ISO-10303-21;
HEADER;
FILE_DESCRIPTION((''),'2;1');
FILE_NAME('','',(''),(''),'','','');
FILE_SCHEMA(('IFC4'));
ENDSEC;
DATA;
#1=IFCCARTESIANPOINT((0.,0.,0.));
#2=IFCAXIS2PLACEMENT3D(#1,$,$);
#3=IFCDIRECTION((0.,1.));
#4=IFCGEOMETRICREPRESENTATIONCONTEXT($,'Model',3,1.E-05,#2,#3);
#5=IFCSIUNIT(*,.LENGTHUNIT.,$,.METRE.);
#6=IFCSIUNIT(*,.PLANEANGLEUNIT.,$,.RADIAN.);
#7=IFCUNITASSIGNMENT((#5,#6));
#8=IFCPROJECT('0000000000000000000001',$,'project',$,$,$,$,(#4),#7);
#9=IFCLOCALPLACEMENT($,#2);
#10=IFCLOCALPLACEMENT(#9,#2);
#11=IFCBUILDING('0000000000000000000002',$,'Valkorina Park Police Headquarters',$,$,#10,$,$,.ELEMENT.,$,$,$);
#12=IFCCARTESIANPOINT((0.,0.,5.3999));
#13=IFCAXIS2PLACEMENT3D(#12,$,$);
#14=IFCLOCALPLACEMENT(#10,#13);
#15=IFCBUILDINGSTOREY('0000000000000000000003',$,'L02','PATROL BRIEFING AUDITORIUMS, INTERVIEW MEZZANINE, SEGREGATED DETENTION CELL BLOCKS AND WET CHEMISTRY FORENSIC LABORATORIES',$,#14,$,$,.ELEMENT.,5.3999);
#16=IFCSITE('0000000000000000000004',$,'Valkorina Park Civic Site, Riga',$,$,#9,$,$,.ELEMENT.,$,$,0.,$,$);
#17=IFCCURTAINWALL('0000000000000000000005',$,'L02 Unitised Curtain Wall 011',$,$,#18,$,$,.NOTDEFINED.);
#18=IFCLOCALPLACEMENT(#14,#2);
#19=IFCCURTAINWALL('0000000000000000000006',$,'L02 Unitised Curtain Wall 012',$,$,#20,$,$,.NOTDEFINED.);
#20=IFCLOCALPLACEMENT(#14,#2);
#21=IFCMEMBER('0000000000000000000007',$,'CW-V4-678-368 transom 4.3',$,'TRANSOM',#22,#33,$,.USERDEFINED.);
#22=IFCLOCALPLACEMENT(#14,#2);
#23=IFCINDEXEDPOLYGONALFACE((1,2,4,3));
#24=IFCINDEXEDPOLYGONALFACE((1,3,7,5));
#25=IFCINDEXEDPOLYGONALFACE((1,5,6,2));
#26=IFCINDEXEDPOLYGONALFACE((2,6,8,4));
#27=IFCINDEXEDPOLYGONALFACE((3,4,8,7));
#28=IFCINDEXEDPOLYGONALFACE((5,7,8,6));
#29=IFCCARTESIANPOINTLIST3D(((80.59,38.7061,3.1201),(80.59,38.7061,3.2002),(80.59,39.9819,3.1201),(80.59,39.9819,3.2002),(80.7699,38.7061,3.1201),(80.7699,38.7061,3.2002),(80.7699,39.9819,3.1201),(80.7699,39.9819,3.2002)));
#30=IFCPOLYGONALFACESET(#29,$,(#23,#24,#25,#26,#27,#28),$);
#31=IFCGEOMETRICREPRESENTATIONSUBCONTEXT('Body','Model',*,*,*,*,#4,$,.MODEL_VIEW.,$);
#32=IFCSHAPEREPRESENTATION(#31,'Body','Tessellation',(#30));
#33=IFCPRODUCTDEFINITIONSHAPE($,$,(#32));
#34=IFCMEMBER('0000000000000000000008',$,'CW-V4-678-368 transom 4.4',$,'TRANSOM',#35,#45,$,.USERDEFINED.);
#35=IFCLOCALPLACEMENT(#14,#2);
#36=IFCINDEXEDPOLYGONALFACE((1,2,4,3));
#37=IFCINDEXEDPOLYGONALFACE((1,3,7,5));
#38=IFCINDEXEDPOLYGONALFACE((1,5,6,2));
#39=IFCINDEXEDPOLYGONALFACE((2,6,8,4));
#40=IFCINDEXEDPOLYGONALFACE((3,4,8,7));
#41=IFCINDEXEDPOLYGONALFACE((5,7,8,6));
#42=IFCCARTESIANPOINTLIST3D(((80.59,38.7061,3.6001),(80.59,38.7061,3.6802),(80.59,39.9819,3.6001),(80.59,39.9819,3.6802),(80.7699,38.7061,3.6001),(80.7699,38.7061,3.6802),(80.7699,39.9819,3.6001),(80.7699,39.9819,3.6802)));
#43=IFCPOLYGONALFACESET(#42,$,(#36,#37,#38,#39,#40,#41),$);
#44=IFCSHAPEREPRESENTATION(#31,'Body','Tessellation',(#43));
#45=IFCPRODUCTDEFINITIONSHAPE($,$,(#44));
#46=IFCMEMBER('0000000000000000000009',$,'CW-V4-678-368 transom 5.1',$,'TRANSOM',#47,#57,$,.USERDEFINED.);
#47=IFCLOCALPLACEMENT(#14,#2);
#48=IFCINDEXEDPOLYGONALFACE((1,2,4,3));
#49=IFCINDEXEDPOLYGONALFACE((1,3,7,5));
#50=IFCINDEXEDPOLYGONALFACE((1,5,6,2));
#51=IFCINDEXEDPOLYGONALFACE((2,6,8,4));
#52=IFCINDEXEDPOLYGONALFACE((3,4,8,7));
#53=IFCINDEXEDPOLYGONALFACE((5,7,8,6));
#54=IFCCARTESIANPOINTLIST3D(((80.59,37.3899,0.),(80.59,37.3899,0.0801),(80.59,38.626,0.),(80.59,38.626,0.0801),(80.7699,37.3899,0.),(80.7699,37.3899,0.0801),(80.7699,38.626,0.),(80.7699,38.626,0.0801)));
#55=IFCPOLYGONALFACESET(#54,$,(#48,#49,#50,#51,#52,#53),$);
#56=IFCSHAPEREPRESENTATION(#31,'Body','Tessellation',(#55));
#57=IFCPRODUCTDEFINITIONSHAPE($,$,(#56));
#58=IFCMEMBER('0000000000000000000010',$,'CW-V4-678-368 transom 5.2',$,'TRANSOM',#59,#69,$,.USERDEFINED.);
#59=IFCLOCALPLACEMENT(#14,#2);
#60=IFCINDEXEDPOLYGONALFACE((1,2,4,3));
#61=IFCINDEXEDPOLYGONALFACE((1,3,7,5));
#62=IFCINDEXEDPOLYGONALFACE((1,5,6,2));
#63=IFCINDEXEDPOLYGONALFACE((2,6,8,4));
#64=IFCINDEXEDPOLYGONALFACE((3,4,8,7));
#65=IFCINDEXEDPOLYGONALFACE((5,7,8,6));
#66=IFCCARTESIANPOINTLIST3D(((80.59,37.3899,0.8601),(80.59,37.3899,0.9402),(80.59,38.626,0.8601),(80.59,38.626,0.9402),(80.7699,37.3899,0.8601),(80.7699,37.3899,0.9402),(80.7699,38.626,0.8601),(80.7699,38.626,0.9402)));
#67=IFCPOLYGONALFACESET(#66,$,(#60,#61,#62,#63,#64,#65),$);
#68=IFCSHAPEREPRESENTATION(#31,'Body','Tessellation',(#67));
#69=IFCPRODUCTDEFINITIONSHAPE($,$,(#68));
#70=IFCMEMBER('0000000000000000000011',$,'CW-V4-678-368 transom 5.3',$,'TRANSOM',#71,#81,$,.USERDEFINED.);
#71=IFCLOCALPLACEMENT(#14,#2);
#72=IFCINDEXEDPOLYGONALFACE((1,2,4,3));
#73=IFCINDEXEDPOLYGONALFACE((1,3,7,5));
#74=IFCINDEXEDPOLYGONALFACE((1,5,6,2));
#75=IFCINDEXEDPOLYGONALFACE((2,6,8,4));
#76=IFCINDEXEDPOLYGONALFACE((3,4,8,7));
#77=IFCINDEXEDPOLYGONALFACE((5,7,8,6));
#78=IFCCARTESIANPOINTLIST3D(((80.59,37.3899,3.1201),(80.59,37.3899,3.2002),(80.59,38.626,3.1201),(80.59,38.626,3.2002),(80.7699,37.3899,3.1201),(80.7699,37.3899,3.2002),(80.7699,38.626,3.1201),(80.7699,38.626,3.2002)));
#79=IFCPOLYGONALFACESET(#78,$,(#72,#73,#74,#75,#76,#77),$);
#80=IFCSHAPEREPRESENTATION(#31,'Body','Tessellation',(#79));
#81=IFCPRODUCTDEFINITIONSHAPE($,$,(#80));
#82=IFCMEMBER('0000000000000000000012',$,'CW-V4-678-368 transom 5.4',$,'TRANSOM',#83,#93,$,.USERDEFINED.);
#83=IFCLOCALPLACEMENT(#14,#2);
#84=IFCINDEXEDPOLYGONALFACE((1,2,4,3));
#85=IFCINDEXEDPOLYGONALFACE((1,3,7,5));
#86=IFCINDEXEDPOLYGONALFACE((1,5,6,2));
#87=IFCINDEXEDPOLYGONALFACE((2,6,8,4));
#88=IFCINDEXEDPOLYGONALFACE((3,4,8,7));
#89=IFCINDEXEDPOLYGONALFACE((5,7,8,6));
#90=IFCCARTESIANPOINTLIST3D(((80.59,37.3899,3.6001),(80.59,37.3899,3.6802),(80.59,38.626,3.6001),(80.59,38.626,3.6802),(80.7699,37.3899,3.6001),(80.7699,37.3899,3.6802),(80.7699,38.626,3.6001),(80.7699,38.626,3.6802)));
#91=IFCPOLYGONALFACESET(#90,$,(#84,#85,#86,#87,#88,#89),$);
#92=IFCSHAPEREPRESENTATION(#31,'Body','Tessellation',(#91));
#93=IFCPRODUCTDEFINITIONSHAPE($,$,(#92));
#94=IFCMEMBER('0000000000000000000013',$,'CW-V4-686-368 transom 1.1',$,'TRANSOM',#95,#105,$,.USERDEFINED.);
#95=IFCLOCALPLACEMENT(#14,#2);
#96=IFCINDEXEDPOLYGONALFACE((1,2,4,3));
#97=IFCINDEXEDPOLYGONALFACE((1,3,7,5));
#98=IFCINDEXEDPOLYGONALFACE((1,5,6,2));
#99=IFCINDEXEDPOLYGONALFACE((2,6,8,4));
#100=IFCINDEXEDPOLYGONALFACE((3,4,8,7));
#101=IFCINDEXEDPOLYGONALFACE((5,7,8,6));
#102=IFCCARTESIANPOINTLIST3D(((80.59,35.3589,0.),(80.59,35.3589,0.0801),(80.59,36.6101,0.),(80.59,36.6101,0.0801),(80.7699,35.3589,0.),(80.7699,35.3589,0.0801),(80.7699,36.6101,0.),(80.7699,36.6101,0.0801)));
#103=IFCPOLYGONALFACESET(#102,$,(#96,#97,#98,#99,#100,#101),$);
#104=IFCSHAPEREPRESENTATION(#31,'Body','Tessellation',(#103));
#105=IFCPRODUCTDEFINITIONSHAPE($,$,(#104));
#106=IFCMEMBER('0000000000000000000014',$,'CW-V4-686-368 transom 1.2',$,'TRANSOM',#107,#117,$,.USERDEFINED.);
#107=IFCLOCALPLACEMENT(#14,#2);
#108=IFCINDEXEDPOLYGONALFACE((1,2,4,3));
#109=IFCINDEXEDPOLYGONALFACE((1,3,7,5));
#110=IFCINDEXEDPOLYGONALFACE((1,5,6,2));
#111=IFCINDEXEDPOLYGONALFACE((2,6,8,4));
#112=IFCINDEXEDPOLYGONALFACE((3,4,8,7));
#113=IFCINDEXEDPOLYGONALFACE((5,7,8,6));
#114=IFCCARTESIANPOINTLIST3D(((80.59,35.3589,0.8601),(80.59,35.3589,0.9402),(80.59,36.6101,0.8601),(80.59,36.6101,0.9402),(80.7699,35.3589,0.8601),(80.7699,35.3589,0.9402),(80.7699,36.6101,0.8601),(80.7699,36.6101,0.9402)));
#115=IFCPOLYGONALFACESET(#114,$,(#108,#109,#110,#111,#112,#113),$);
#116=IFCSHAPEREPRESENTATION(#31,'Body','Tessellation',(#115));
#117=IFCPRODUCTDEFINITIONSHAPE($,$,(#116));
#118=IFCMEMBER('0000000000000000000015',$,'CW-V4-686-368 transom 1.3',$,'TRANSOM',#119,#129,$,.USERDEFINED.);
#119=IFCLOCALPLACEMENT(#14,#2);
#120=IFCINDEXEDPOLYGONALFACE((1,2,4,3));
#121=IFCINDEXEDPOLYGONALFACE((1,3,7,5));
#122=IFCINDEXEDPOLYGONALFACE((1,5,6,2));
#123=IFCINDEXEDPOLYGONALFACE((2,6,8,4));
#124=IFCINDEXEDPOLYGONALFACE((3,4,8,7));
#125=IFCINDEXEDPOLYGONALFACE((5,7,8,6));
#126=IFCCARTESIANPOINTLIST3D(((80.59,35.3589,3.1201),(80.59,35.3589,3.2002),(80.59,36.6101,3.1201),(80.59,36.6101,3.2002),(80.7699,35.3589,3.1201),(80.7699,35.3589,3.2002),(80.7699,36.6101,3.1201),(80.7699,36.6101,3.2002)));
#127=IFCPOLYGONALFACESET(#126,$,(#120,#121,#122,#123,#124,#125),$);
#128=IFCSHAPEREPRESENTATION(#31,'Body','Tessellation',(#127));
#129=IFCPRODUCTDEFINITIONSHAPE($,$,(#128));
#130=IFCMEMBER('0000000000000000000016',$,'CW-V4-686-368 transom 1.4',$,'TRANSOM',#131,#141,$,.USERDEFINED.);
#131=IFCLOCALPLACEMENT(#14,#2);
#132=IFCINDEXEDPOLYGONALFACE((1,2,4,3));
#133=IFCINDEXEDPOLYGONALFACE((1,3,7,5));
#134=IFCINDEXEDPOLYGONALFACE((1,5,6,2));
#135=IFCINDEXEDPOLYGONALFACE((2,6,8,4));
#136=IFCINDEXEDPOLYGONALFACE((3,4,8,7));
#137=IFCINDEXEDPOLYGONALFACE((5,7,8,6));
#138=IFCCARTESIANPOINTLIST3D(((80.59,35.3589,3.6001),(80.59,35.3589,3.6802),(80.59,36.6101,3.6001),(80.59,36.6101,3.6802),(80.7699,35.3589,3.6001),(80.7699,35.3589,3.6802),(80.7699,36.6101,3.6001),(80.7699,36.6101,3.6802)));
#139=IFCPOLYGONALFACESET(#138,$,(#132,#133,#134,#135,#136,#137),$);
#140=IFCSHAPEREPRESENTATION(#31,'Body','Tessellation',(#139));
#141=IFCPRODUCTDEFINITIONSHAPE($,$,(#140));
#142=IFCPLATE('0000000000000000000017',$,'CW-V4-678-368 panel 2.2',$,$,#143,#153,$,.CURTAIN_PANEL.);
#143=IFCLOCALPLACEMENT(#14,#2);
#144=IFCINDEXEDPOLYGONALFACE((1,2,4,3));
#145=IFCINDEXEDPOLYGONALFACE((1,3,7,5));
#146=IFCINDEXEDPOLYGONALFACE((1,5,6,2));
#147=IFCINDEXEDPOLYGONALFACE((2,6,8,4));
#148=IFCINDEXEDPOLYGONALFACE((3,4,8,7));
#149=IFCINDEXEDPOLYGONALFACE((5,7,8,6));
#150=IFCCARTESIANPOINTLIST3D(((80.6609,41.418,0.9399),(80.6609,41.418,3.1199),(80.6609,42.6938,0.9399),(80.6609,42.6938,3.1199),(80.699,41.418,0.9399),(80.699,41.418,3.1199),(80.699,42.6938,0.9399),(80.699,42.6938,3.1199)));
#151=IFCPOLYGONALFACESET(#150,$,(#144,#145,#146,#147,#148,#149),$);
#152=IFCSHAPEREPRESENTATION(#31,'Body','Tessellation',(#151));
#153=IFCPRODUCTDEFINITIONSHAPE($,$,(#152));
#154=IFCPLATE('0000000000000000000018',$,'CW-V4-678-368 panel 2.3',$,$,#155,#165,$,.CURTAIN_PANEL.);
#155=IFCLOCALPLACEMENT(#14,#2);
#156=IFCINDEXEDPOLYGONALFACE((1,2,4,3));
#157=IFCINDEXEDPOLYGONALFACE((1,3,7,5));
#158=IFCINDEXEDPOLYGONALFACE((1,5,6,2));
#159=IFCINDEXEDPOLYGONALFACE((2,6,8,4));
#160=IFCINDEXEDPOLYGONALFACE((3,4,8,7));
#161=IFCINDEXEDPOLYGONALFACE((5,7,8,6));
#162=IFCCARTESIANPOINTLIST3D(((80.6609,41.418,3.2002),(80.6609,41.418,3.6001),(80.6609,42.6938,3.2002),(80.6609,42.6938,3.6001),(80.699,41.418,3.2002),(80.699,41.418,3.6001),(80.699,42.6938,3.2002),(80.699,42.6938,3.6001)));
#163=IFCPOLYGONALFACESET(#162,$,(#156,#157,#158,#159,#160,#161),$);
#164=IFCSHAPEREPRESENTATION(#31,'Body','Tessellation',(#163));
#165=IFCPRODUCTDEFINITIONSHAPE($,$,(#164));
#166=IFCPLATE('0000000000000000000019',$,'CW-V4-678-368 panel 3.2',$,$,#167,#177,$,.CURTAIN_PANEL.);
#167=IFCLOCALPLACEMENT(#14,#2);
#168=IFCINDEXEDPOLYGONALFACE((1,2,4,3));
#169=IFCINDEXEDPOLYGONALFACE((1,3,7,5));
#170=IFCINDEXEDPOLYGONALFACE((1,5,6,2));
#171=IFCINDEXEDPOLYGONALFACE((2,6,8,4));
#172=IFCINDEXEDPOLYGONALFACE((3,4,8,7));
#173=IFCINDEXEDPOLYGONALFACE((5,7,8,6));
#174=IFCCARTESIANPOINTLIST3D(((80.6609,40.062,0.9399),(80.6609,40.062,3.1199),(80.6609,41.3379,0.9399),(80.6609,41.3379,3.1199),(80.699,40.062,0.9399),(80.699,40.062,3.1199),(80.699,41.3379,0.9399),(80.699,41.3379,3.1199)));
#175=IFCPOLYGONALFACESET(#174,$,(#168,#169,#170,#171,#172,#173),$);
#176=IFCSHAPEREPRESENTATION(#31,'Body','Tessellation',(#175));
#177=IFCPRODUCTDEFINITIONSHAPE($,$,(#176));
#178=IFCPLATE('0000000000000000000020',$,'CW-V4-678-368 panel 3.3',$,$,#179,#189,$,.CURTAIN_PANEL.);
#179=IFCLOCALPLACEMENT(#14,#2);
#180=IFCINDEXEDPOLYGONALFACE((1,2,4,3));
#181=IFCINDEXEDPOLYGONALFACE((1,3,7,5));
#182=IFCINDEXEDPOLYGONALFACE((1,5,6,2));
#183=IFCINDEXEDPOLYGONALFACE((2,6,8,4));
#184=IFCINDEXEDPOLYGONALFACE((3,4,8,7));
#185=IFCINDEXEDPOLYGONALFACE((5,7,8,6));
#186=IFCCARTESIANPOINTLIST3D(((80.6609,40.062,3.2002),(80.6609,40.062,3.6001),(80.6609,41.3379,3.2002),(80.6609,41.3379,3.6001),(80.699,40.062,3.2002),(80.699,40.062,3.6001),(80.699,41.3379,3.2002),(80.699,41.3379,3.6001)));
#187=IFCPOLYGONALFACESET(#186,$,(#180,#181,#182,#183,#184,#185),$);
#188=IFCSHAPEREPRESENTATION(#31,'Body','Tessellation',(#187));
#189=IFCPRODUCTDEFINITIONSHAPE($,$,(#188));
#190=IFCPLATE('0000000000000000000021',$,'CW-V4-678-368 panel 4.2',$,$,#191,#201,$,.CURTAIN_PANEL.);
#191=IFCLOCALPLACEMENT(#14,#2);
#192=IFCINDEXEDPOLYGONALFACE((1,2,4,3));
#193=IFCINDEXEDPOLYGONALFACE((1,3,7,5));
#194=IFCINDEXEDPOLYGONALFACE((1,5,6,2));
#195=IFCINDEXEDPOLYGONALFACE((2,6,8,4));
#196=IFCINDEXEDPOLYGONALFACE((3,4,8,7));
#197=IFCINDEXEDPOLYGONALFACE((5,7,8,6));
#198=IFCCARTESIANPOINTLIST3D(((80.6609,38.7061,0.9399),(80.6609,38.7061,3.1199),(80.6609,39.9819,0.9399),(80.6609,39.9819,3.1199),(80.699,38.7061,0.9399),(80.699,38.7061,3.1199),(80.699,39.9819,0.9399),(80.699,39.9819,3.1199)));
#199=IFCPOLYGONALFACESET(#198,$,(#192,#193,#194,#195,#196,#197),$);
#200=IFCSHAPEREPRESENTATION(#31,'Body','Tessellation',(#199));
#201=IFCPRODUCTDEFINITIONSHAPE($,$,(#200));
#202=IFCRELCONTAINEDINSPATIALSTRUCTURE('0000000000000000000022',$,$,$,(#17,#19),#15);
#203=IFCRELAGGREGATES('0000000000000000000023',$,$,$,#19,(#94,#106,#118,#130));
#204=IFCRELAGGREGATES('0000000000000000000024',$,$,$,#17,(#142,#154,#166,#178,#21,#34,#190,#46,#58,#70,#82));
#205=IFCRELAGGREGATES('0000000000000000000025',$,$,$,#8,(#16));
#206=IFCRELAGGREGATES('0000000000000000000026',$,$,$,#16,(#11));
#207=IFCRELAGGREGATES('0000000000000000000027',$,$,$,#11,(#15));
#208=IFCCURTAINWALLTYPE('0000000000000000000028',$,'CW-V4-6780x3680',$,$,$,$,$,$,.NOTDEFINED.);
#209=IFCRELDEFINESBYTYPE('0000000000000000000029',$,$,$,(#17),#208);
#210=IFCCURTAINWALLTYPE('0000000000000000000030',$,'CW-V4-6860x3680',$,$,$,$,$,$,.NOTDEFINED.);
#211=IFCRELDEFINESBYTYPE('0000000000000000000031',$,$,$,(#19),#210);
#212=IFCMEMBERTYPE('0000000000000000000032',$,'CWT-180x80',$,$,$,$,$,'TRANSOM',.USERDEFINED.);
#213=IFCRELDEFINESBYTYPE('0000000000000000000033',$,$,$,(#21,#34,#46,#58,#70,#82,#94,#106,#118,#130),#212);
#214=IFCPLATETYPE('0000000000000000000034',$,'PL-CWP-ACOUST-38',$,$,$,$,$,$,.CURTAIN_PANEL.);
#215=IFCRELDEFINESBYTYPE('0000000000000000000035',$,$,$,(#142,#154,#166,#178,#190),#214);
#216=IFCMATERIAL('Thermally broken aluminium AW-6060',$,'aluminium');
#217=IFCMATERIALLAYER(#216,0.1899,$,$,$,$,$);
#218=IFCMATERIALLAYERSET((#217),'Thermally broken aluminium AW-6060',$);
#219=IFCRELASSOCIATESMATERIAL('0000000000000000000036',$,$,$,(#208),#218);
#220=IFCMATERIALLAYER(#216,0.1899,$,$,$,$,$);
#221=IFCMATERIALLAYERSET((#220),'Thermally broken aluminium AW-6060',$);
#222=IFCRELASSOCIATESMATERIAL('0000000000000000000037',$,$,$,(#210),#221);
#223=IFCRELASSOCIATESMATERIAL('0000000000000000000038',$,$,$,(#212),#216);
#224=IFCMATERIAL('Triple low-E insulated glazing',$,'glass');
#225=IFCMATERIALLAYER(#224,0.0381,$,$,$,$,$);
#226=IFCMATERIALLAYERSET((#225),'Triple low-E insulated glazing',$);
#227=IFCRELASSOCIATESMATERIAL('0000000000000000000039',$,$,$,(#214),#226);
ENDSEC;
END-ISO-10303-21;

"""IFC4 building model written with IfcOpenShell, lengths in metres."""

from ifc_helpers import new_model, si_unit, direction, frame, origin, origin_2d, place, context, subcontext, project, spatial, rectangle, extrude, material, layer, layer_set, material_profile, profile_set, type_object, element, aggregate, save


model = new_model("IFC4")

# Units and contexts
model_context = context("Model", 3, precision=1e-05, world=origin(), true_north=direction((0.0, 1.0)))
body_context = subcontext(model_context, "Body", "Model", "MODEL_VIEW")
ifc_project = project(units=[si_unit("LENGTHUNIT", "METRE"), si_unit("PLANEANGLEUNIT", "RADIAN")], contexts=[model_context])

# Site, building, storey
site_placement = place(None, origin())
site = spatial("IfcSite", under=ifc_project, at=site_placement, Name="Valkorina Park Civic Site, Riga", CompositionType="ELEMENT", RefElevation=0.0)
building_placement = place(site_placement, origin())
building = spatial("IfcBuilding", under=site, at=building_placement, Name="Valkorina Park Police Headquarters", CompositionType="ELEMENT")
storey_placement = place(building_placement, frame((0.0, 0.0, 5.3999)))
storey = spatial("IfcBuildingStorey", under=building, at=storey_placement, Name="L02", Description="PATROL BRIEFING AUDITORIUMS, INTERVIEW MEZZANINE, SEGREGATED DETENTION CELL BLOCKS AND WET CHEMISTRY FORENSIC LABORATORIES", CompositionType="ELEMENT", Elevation=5.3999)

# Curtain wall
ifc_material_1 = material(Name="Thermally broken aluminium AW-6060", Category="aluminium")
ifc_layer_1 = layer(ifc_material_1, 0.1899)
ifc_layer_set_1 = layer_set([ifc_layer_1], Name="Thermally broken aluminium AW-6060")
curtain_wall_type_1 = type_object("IfcCurtainWallType", Name="CW-V4-6780x3680", PredefinedType="NOTDEFINED", material=ifc_layer_set_1)
curtain_wall_1_placement = place(storey_placement, origin())
curtain_wall_1 = element("IfcCurtainWall", 1, at=curtain_wall_1_placement, inside=storey, type_object=curtain_wall_type_1, Name="L02 Unitised Curtain Wall 011", PredefinedType="NOTDEFINED")

# Curtain wall
ifc_layer_2 = layer(ifc_material_1, 0.1899)
ifc_layer_set_2 = layer_set([ifc_layer_2], Name="Thermally broken aluminium AW-6060")
curtain_wall_type_2 = type_object("IfcCurtainWallType", Name="CW-V4-6860x3680", PredefinedType="NOTDEFINED", material=ifc_layer_set_2)
curtain_wall_2_placement = place(storey_placement, origin())
curtain_wall_2 = element("IfcCurtainWall", 2, at=curtain_wall_2_placement, inside=storey, type_object=curtain_wall_type_2, Name="L02 Unitised Curtain Wall 012", PredefinedType="NOTDEFINED")

# Members
ifc_material_profile_1 = material_profile(ifc_material_1, rectangle(XDim=0.1799, YDim=0.0801, at=origin_2d()), Name="CWT-03 180x80")
ifc_profile_set_1 = profile_set([ifc_material_profile_1], Name="Thermally broken aluminium AW-6060")
member_type_1 = type_object("IfcMemberType", Name="CWT-180x80", ElementType="TRANSOM", PredefinedType="USERDEFINED", material=ifc_profile_set_1)
member_1_placement = place(storey_placement, frame((80.6799, 39.9819, 3.1602), z_axis=(0.0, -1.0, 0.0), x_axis=(1.0, 0.0, 0.0)))
member_1 = element("IfcMember", 3, at=member_1_placement, type_object=member_type_1, Name="CW-V4-678-368 transom 4.3", ObjectType="TRANSOM", PredefinedType="USERDEFINED", context=body_context, shape_type="SweptSolid", body=[
    extrude(rectangle(XDim=0.1799, YDim=0.0801, at=origin_2d()), origin(), (0.0, 0.0, 1.0), 1.2759),
])
member_2_placement = place(storey_placement, frame((80.6799, 39.9819, 3.6401), z_axis=(0.0, -1.0, 0.0), x_axis=(1.0, 0.0, 0.0)))
member_2 = element("IfcMember", 4, at=member_2_placement, type_object=member_type_1, Name="CW-V4-678-368 transom 4.4", ObjectType="TRANSOM", PredefinedType="USERDEFINED", context=body_context, shape_type="SweptSolid", body=[
    extrude(rectangle(XDim=0.1799, YDim=0.0801, at=origin_2d()), origin(), (0.0, 0.0, 1.0), 1.2759),
])
member_3_placement = place(storey_placement, frame((80.6799, 38.626, 0.04), z_axis=(0.0, -1.0, 0.0), x_axis=(1.0, 0.0, 0.0)))
member_3 = element("IfcMember", 5, at=member_3_placement, type_object=member_type_1, Name="CW-V4-678-368 transom 5.1", ObjectType="TRANSOM", PredefinedType="USERDEFINED", context=body_context, shape_type="SweptSolid", body=[
    extrude(rectangle(XDim=0.1799, YDim=0.0801, at=origin_2d()), origin(), (0.0, 0.0, 1.0), 1.2361),
])
member_4_placement = place(storey_placement, frame((80.6799, 38.626, 0.9001), z_axis=(0.0, -1.0, 0.0), x_axis=(1.0, 0.0, 0.0)))
member_4 = element("IfcMember", 6, at=member_4_placement, type_object=member_type_1, Name="CW-V4-678-368 transom 5.2", ObjectType="TRANSOM", PredefinedType="USERDEFINED", context=body_context, shape_type="SweptSolid", body=[
    extrude(rectangle(XDim=0.1799, YDim=0.0801, at=origin_2d()), origin(), (0.0, 0.0, 1.0), 1.2361),
])
member_5_placement = place(storey_placement, frame((80.6799, 38.626, 3.1602), z_axis=(0.0, -1.0, 0.0), x_axis=(1.0, 0.0, 0.0)))
member_5 = element("IfcMember", 7, at=member_5_placement, type_object=member_type_1, Name="CW-V4-678-368 transom 5.3", ObjectType="TRANSOM", PredefinedType="USERDEFINED", context=body_context, shape_type="SweptSolid", body=[
    extrude(rectangle(XDim=0.1799, YDim=0.0801, at=origin_2d()), origin(), (0.0, 0.0, 1.0), 1.2361),
])
member_6_placement = place(storey_placement, frame((80.6799, 38.626, 3.6401), z_axis=(0.0, -1.0, 0.0), x_axis=(1.0, 0.0, 0.0)))
member_6 = element("IfcMember", 8, at=member_6_placement, type_object=member_type_1, Name="CW-V4-678-368 transom 5.4", ObjectType="TRANSOM", PredefinedType="USERDEFINED", context=body_context, shape_type="SweptSolid", body=[
    extrude(rectangle(XDim=0.1799, YDim=0.0801, at=origin_2d()), origin(), (0.0, 0.0, 1.0), 1.2361),
])
member_7_placement = place(storey_placement, frame((80.6799, 36.6101, 0.04), z_axis=(0.0, -1.0, 0.0), x_axis=(1.0, 0.0, 0.0)))
member_7 = element("IfcMember", 9, at=member_7_placement, type_object=member_type_1, Name="CW-V4-686-368 transom 1.1", ObjectType="TRANSOM", PredefinedType="USERDEFINED", context=body_context, shape_type="SweptSolid", body=[
    extrude(rectangle(XDim=0.1799, YDim=0.0801, at=origin_2d()), origin(), (0.0, 0.0, 1.0), 1.2512),
])
member_8_placement = place(storey_placement, frame((80.6799, 36.6101, 0.9001), z_axis=(0.0, -1.0, 0.0), x_axis=(1.0, 0.0, 0.0)))
member_8 = element("IfcMember", 10, at=member_8_placement, type_object=member_type_1, Name="CW-V4-686-368 transom 1.2", ObjectType="TRANSOM", PredefinedType="USERDEFINED", context=body_context, shape_type="SweptSolid", body=[
    extrude(rectangle(XDim=0.1799, YDim=0.0801, at=origin_2d()), origin(), (0.0, 0.0, 1.0), 1.2512),
])
member_9_placement = place(storey_placement, frame((80.6799, 36.6101, 3.1602), z_axis=(0.0, -1.0, 0.0), x_axis=(1.0, 0.0, 0.0)))
member_9 = element("IfcMember", 11, at=member_9_placement, type_object=member_type_1, Name="CW-V4-686-368 transom 1.3", ObjectType="TRANSOM", PredefinedType="USERDEFINED", context=body_context, shape_type="SweptSolid", body=[
    extrude(rectangle(XDim=0.1799, YDim=0.0801, at=origin_2d()), origin(), (0.0, 0.0, 1.0), 1.2512),
])
member_10_placement = place(storey_placement, frame((80.6799, 36.6101, 3.6401), z_axis=(0.0, -1.0, 0.0), x_axis=(1.0, 0.0, 0.0)))
member_10 = element("IfcMember", 12, at=member_10_placement, type_object=member_type_1, Name="CW-V4-686-368 transom 1.4", ObjectType="TRANSOM", PredefinedType="USERDEFINED", context=body_context, shape_type="SweptSolid", body=[
    extrude(rectangle(XDim=0.1799, YDim=0.0801, at=origin_2d()), origin(), (0.0, 0.0, 1.0), 1.2512),
])

# Plates
ifc_material_2 = material(Name="Triple low-E insulated glazing", Category="glass")
ifc_layer_3 = layer(ifc_material_2, 0.0381)
ifc_layer_set_3 = layer_set([ifc_layer_3], Name="Triple low-E insulated glazing")
plate_type_1 = type_object("IfcPlateType", Name="PL-CWP-ACOUST-38", PredefinedType="CURTAIN_PANEL", material=ifc_layer_set_3)
plate_1_placement = place(storey_placement, frame((80.6799, 42.0559, 0.9399), z_axis=(0.0, 0.0, 1.0), x_axis=(0.0, -1.0, 0.0)))
plate_1 = element("IfcPlate", 13, at=plate_1_placement, type_object=plate_type_1, Name="CW-V4-678-368 panel 2.2", PredefinedType="CURTAIN_PANEL", context=body_context, shape_type="SweptSolid", body=[
    extrude(rectangle(XDim=1.2759, YDim=0.0381, at=origin_2d()), origin(), (0.0, 0.0, 1.0), 2.1799),
])
plate_2_placement = place(storey_placement, frame((80.6799, 42.0559, 3.2002), z_axis=(0.0, 0.0, 1.0), x_axis=(0.0, -1.0, 0.0)))
plate_2 = element("IfcPlate", 14, at=plate_2_placement, type_object=plate_type_1, Name="CW-V4-678-368 panel 2.3", PredefinedType="CURTAIN_PANEL", context=body_context, shape_type="SweptSolid", body=[
    extrude(rectangle(XDim=1.2759, YDim=0.0381, at=origin_2d()), origin(), (0.0, 0.0, 1.0), 0.3999),
])
plate_3_placement = place(storey_placement, frame((80.6799, 40.7, 0.9399), z_axis=(0.0, 0.0, 1.0), x_axis=(0.0, -1.0, 0.0)))
plate_3 = element("IfcPlate", 15, at=plate_3_placement, type_object=plate_type_1, Name="CW-V4-678-368 panel 3.2", PredefinedType="CURTAIN_PANEL", context=body_context, shape_type="SweptSolid", body=[
    extrude(rectangle(XDim=1.2759, YDim=0.0381, at=origin_2d()), origin(), (0.0, 0.0, 1.0), 2.1799),
])
plate_4_placement = place(storey_placement, frame((80.6799, 40.7, 3.2002), z_axis=(0.0, 0.0, 1.0), x_axis=(0.0, -1.0, 0.0)))
plate_4 = element("IfcPlate", 16, at=plate_4_placement, type_object=plate_type_1, Name="CW-V4-678-368 panel 3.3", PredefinedType="CURTAIN_PANEL", context=body_context, shape_type="SweptSolid", body=[
    extrude(rectangle(XDim=1.2759, YDim=0.0381, at=origin_2d()), origin(), (0.0, 0.0, 1.0), 0.3999),
])
plate_5_placement = place(storey_placement, frame((80.6799, 39.344, 0.9399), z_axis=(0.0, 0.0, 1.0), x_axis=(0.0, -1.0, 0.0)))
plate_5 = element("IfcPlate", 17, at=plate_5_placement, type_object=plate_type_1, Name="CW-V4-678-368 panel 4.2", PredefinedType="CURTAIN_PANEL", context=body_context, shape_type="SweptSolid", body=[
    extrude(rectangle(XDim=1.2759, YDim=0.0381, at=origin_2d()), origin(), (0.0, 0.0, 1.0), 2.1799),
])
aggregate(curtain_wall_2, [member_7, member_8, member_9, member_10])
aggregate(curtain_wall_1, [plate_1, plate_2, plate_3, plate_4, member_1, member_2, plate_5, member_3, member_4, member_5, member_6])

save(model, "model.ifc")
